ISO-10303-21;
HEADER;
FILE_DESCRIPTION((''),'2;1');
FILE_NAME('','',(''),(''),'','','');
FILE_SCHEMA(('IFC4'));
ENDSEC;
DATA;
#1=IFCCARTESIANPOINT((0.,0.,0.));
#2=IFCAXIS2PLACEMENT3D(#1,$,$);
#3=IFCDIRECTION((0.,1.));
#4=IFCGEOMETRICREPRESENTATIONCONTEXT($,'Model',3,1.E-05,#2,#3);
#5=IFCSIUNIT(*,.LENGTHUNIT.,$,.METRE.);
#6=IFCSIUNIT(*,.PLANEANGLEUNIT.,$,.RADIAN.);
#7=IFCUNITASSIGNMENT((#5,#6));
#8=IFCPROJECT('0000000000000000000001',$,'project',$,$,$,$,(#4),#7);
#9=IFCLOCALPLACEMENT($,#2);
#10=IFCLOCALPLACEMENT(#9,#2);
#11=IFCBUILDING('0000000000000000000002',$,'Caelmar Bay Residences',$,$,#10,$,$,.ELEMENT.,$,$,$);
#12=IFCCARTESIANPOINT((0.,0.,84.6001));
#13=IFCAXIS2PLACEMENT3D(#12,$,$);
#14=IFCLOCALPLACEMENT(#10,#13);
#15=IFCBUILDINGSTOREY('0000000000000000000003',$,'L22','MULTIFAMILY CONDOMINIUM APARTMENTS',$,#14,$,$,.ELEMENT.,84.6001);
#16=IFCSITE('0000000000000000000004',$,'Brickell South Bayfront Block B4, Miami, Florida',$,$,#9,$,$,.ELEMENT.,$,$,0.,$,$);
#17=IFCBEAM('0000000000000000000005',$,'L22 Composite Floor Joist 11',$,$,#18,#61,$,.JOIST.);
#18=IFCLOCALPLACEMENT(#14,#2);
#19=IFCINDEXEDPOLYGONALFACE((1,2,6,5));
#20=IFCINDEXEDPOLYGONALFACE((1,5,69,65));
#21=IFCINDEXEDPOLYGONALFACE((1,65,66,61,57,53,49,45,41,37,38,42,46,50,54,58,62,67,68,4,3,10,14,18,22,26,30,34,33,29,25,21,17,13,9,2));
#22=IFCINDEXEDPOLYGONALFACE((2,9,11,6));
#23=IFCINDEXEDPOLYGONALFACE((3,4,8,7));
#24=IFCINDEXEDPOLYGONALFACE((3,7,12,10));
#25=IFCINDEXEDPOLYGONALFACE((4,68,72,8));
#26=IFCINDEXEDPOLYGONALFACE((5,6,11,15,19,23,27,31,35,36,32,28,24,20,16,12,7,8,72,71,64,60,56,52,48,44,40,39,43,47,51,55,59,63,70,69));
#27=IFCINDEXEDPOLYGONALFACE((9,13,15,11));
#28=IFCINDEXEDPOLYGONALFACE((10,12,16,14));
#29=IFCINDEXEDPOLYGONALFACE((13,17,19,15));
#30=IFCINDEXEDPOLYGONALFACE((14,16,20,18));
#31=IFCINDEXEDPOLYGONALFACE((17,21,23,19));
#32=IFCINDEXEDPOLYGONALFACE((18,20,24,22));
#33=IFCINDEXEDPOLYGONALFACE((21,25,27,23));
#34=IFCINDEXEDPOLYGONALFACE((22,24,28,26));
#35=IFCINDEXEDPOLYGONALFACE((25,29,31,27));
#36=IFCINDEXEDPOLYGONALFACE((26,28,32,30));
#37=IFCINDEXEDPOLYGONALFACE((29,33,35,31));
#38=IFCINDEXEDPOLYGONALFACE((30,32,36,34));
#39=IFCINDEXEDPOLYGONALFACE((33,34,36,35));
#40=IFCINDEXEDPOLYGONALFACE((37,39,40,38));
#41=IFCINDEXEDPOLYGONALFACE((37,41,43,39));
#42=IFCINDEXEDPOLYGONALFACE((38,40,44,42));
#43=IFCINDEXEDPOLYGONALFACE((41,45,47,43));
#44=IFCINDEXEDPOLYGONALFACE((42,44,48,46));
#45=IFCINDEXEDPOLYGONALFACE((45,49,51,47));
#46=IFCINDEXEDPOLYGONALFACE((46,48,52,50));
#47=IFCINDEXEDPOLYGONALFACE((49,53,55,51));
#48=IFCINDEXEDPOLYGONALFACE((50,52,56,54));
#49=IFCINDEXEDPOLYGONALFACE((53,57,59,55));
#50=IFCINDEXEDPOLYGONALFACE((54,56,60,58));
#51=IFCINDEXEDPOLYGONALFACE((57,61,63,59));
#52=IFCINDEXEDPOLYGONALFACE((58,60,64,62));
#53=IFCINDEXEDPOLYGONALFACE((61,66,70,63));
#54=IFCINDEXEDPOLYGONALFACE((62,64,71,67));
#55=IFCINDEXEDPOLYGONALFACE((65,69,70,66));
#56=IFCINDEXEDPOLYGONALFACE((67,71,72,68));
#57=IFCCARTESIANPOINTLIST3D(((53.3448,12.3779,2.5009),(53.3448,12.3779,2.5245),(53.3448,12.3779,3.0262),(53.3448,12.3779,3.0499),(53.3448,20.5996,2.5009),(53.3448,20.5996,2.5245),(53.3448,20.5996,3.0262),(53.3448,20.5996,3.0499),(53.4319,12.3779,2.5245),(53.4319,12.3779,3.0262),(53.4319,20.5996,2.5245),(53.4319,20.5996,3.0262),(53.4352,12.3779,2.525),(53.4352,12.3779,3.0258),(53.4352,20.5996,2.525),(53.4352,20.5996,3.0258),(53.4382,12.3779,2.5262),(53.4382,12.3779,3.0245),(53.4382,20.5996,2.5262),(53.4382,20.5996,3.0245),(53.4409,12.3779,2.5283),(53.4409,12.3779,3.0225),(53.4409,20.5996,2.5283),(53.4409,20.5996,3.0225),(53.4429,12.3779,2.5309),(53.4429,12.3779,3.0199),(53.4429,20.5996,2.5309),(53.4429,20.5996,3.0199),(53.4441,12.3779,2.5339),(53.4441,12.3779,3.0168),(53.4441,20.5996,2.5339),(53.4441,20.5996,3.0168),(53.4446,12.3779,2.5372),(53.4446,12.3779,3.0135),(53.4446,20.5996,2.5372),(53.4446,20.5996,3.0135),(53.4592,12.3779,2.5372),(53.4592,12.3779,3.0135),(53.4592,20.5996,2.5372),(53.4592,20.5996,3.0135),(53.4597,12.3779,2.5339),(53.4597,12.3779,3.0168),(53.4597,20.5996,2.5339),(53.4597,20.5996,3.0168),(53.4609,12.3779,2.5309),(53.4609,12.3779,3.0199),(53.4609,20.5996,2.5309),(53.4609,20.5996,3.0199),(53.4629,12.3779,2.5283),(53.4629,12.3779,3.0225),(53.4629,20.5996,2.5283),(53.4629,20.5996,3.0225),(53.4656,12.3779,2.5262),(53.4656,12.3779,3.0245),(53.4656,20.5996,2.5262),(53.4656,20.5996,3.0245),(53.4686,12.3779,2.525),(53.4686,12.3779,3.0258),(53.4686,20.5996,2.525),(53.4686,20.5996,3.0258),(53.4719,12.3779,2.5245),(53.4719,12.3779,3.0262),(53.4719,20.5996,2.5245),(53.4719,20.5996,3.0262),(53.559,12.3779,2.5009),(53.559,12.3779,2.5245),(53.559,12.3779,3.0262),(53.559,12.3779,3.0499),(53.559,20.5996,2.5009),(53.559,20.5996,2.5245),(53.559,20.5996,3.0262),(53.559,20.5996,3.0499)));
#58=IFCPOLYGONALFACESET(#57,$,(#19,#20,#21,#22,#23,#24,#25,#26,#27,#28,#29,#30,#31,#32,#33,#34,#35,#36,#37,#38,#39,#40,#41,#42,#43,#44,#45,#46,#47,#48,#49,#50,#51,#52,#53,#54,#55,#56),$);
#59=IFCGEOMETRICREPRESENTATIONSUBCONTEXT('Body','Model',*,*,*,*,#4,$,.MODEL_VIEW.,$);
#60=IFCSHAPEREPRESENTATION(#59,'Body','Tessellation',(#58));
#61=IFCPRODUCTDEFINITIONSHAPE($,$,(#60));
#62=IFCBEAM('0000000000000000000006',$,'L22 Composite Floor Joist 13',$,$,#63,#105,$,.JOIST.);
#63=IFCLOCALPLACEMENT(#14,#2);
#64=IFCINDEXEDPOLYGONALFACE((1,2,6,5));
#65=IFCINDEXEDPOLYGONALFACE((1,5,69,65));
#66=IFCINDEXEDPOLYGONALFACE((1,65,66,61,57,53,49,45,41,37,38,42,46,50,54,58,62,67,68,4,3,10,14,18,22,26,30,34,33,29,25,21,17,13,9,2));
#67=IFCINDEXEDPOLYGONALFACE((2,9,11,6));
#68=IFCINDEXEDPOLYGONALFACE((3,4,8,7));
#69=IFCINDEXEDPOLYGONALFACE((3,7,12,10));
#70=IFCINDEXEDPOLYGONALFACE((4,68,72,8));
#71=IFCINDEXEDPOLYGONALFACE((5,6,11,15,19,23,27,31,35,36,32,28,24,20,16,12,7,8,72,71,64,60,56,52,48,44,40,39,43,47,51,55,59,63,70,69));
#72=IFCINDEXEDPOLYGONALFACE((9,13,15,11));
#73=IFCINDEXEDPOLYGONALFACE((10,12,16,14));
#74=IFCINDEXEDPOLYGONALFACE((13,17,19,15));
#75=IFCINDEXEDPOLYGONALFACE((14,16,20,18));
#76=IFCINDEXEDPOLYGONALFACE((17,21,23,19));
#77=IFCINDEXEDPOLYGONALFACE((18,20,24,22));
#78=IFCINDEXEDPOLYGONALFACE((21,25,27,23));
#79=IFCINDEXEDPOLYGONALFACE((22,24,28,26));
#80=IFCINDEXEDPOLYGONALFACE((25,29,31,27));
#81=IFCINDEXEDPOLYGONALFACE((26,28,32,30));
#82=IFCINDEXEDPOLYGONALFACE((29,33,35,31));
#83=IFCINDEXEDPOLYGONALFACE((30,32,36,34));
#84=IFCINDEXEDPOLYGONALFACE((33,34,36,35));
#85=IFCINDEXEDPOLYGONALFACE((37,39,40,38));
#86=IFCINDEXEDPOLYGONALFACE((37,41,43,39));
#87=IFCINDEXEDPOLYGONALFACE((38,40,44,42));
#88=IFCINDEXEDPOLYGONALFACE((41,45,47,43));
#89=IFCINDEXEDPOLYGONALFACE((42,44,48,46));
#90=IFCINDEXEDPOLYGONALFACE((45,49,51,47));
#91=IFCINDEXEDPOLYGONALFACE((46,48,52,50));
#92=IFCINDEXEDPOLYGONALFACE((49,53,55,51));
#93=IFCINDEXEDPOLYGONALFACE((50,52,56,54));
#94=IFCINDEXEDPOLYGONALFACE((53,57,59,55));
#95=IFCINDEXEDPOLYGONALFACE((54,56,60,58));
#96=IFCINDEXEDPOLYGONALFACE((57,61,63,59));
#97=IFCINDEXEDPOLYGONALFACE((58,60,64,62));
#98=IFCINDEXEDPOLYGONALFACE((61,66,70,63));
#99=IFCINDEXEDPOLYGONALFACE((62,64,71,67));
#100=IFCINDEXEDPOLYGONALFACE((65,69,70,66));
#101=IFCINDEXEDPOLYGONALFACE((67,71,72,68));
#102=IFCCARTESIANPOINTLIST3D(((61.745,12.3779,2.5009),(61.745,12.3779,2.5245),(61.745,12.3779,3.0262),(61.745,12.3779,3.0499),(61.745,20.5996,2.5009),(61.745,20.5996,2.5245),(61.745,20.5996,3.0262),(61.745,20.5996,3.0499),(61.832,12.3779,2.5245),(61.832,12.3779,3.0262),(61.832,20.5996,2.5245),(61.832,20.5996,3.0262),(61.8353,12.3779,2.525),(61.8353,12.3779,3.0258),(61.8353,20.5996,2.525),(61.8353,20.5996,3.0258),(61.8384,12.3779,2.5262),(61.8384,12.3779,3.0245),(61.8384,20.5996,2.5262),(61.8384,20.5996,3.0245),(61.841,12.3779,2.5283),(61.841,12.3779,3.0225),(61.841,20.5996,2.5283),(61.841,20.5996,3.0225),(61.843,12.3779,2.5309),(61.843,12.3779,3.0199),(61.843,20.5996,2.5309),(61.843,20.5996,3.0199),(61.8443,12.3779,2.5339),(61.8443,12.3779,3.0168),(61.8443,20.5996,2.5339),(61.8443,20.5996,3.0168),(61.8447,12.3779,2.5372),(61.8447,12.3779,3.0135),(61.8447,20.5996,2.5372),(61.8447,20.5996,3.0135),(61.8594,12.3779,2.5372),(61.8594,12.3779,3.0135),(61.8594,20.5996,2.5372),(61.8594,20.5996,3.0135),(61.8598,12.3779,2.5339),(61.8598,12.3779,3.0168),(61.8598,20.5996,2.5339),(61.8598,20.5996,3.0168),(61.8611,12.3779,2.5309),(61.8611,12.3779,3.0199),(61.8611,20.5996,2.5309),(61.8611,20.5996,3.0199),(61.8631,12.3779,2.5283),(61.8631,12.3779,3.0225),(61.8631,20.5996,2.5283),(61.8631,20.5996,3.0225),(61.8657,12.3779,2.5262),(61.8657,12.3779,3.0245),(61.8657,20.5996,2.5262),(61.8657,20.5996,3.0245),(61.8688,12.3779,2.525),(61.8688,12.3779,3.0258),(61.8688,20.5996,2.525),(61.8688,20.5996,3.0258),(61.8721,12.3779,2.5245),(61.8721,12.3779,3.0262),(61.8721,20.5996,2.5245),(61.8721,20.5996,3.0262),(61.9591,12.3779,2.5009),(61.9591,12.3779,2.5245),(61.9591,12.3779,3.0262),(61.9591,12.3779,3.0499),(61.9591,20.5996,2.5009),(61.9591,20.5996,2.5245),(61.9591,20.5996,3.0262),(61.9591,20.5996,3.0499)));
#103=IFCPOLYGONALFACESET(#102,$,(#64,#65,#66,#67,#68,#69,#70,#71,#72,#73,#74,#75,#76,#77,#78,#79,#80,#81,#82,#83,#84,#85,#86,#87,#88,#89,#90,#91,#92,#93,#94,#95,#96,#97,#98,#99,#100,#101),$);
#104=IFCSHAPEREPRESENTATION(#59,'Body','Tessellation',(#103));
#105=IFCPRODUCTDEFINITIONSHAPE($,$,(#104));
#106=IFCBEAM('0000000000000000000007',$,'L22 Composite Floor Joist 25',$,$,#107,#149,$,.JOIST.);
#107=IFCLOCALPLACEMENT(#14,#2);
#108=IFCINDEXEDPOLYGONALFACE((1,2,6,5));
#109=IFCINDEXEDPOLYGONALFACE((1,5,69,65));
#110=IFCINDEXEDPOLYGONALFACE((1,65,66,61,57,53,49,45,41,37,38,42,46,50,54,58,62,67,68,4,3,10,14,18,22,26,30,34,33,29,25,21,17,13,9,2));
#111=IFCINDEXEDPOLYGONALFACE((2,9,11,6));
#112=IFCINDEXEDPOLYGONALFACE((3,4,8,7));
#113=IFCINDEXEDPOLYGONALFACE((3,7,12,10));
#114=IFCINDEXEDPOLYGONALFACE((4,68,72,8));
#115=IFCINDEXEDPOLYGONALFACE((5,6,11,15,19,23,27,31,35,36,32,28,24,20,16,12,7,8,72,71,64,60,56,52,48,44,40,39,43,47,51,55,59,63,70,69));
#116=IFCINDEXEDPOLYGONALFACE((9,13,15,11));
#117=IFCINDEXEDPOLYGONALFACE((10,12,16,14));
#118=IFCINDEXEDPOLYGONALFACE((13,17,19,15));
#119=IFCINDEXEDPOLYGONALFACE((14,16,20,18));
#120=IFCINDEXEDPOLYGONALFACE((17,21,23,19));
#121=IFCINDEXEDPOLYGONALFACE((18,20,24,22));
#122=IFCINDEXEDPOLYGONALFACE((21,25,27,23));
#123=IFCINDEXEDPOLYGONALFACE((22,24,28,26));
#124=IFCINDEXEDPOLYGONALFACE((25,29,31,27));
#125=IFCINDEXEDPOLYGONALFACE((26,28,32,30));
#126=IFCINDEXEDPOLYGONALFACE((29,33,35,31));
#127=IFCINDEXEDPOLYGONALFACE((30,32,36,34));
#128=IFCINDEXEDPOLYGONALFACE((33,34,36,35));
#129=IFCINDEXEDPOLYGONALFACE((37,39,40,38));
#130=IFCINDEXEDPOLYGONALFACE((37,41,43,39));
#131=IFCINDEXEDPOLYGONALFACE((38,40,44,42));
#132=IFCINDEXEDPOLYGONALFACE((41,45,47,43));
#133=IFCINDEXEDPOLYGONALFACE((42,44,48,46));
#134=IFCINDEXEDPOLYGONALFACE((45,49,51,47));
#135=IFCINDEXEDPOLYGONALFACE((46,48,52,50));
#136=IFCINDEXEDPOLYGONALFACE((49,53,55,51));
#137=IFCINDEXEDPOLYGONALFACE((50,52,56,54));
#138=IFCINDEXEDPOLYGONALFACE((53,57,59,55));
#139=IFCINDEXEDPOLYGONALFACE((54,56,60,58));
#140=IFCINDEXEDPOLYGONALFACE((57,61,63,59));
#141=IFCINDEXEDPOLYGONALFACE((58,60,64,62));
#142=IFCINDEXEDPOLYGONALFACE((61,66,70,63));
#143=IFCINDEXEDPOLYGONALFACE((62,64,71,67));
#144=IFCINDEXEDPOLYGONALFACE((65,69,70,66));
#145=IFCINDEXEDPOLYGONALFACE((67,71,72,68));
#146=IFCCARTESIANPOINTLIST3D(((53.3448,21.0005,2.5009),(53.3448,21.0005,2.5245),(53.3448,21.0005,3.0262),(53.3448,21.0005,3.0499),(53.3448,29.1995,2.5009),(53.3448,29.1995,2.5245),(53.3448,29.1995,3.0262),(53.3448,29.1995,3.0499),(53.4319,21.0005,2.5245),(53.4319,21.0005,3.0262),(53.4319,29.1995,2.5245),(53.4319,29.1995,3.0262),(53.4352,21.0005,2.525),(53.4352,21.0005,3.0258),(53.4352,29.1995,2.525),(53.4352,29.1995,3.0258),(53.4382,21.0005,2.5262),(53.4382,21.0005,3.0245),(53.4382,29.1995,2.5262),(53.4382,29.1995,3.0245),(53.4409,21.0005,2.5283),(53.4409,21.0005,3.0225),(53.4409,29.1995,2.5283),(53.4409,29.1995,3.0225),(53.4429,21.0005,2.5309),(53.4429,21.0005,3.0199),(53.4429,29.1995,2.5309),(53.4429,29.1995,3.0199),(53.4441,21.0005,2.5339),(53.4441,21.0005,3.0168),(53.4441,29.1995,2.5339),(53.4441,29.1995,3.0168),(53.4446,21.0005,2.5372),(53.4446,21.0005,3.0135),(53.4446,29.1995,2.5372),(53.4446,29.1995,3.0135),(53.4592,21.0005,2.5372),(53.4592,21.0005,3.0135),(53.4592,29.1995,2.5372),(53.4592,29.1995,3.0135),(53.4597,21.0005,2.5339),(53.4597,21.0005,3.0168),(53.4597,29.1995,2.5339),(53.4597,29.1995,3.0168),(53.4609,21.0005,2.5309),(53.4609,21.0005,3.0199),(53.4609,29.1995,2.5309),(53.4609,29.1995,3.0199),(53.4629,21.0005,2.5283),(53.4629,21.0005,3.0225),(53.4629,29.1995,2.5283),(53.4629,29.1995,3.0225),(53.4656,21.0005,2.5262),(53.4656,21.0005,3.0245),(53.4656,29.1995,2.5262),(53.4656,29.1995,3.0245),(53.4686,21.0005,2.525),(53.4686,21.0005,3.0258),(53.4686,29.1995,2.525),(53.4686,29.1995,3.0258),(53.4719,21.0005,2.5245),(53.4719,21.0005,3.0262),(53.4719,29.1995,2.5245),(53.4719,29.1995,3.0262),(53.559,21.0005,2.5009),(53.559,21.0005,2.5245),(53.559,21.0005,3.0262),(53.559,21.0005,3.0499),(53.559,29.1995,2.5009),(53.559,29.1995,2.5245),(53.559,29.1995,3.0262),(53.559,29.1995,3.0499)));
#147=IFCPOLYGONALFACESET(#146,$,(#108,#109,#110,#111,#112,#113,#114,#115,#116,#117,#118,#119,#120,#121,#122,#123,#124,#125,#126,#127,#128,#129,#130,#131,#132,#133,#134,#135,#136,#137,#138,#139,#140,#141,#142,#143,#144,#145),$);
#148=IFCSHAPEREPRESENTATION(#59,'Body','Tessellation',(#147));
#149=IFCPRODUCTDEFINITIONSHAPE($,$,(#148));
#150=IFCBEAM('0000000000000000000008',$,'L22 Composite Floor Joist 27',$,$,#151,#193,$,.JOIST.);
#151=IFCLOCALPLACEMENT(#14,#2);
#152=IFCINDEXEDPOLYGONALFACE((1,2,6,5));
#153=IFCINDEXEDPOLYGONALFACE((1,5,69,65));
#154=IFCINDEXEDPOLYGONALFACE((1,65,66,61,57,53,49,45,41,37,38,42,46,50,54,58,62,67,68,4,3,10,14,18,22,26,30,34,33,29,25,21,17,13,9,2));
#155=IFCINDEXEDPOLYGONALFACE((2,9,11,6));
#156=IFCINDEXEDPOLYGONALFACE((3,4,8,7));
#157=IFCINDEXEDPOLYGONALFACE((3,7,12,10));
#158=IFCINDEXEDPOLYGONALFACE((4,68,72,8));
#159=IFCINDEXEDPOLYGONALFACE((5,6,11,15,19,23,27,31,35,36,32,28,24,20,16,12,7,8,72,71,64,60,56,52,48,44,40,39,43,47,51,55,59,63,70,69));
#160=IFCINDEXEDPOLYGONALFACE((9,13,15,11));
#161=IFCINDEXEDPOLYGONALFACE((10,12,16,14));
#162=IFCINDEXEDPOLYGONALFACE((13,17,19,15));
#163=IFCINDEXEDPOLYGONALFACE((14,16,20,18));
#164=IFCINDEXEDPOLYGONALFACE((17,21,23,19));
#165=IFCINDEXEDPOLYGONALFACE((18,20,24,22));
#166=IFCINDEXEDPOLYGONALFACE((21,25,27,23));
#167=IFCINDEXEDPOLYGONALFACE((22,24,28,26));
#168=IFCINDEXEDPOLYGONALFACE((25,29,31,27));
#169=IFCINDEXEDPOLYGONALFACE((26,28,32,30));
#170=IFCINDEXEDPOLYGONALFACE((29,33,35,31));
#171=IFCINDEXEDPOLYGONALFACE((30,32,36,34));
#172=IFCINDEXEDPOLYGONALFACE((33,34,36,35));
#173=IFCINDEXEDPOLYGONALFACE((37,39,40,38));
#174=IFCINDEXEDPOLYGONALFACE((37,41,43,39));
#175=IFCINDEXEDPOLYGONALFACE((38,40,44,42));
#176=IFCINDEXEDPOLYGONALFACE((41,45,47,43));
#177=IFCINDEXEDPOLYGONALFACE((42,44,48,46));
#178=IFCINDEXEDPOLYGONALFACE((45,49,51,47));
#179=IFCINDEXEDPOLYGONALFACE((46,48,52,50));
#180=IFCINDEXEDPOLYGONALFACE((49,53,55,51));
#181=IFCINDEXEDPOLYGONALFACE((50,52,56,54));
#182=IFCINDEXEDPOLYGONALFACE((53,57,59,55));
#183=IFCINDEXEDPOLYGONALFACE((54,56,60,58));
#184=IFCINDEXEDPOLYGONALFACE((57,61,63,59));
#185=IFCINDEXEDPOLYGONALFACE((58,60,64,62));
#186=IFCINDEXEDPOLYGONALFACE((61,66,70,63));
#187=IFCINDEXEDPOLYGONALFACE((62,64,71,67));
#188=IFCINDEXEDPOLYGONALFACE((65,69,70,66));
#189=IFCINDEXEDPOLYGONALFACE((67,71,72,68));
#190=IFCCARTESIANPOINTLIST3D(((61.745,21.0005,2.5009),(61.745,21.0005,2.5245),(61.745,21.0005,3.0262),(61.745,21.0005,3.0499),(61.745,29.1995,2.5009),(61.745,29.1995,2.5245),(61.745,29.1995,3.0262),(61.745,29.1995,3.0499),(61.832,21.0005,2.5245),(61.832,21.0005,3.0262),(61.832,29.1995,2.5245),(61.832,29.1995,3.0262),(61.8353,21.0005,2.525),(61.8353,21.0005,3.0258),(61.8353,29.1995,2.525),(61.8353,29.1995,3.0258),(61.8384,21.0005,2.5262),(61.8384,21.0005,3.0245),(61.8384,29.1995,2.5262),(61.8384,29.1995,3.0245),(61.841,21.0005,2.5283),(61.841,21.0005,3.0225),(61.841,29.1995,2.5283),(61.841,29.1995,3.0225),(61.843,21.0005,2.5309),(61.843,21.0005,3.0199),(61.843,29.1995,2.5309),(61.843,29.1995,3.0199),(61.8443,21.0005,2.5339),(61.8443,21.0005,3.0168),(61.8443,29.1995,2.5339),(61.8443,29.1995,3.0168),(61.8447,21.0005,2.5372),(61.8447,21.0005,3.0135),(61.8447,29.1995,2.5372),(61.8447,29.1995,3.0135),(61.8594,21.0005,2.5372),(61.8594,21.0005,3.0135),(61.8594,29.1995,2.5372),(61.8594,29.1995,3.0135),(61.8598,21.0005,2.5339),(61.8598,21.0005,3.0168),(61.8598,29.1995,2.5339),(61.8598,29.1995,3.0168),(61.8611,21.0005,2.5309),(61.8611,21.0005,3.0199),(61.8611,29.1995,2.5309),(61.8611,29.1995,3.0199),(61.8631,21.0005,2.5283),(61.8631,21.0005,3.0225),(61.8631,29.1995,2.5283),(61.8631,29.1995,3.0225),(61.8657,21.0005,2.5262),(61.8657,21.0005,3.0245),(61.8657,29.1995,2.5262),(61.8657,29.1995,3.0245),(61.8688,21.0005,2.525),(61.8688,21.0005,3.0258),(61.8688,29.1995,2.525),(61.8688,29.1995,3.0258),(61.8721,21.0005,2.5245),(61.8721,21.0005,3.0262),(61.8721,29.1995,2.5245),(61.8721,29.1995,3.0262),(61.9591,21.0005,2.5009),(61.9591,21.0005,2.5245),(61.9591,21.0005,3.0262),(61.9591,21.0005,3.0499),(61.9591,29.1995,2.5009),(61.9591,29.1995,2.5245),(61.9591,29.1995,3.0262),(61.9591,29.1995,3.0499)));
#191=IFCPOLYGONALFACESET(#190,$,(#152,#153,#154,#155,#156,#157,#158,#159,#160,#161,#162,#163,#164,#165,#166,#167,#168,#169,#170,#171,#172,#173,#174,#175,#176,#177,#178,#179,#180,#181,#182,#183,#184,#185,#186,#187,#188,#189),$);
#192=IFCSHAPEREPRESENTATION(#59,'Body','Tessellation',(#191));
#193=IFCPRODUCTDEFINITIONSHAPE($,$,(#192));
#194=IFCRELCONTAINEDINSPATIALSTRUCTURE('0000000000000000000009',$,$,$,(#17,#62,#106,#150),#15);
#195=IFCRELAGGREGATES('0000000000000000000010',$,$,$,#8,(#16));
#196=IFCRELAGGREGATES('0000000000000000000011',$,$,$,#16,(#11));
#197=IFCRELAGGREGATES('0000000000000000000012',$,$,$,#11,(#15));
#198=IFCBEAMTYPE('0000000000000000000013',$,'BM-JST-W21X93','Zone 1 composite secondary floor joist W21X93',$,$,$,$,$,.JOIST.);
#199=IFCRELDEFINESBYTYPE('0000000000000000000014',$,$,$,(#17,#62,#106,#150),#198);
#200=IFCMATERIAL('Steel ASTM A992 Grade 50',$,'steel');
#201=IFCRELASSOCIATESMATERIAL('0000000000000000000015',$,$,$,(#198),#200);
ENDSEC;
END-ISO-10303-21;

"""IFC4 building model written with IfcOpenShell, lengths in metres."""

from ifc_helpers import new_model, si_unit, direction, frame, origin, origin_2d, place, context, subcontext, project, spatial, i_section, extrude, material, material_profile, profile_set, type_object, element, save


model = new_model("IFC4")

# Units and contexts
model_context = context("Model", 3, precision=1e-05, world=origin(), true_north=direction((0.0, 1.0)))
body_context = subcontext(model_context, "Body", "Model", "MODEL_VIEW")
ifc_project = project(units=[si_unit("LENGTHUNIT", "METRE"), si_unit("PLANEANGLEUNIT", "RADIAN")], contexts=[model_context])

# Site, building, storey
site_placement = place(None, origin())
site = spatial("IfcSite", under=ifc_project, at=site_placement, Name="Brickell South Bayfront Block B4, Miami, Florida", CompositionType="ELEMENT", RefElevation=0.0)
building_placement = place(site_placement, origin())
building = spatial("IfcBuilding", under=site, at=building_placement, Name="Caelmar Bay Residences", CompositionType="ELEMENT")
storey_placement = place(building_placement, frame((0.0, 0.0, 84.6001)))
storey = spatial("IfcBuildingStorey", under=building, at=storey_placement, Name="L22", Description="MULTIFAMILY CONDOMINIUM APARTMENTS", CompositionType="ELEMENT", Elevation=84.6001)

# Beams
ifc_material_1 = material(Name="Steel ASTM A992 Grade 50", Category="steel")
ifc_material_profile_1 = material_profile(ifc_material_1, i_section(OverallWidth=0.2141, OverallDepth=0.5491, WebThickness=0.0146, FlangeThickness=0.0237, FilletRadius=0.0127, at=origin_2d()), Name="W21X93")
ifc_profile_set_1 = profile_set([ifc_material_profile_1], Name="Steel ASTM A992 Grade 50")
beam_type_1 = type_object("IfcBeamType", Name="BM-JST-W21X93", Description="Zone 1 composite secondary floor joist W21X93", PredefinedType="JOIST", material=ifc_profile_set_1)
for number, where, z_axis, x_axis, name in (
    (1, (53.4519, 12.3779, 2.7754), (0.0, 1.0, 0.0), (-1.0, 0.0, 0.0), "L22 Composite Floor Joist 11"),
    (2, (61.8521, 12.3779, 2.7754), (0.0, 1.0, 0.0), (-1.0, 0.0, 0.0), "L22 Composite Floor Joist 13"),
):
    element("IfcBeam", number, at=place(storey_placement, frame(where, z_axis=z_axis, x_axis=x_axis)), inside=storey, type_object=beam_type_1, Name=name, PredefinedType="JOIST", context=body_context, shape_type="SweptSolid", body=[
        extrude(i_section(OverallWidth=0.2141, OverallDepth=0.5491, WebThickness=0.0146, FlangeThickness=0.0237, FilletRadius=0.0127, at=origin_2d()), origin(), (0.0, 0.0, 1.0), 8.2217),
    ])
for number, where, z_axis, x_axis, name in (
    (3, (53.4519, 21.0005, 2.7754), (0.0, 1.0, 0.0), (-1.0, 0.0, 0.0), "L22 Composite Floor Joist 25"),
    (4, (61.8521, 21.0005, 2.7754), (0.0, 1.0, 0.0), (-1.0, 0.0, 0.0), "L22 Composite Floor Joist 27"),
):
    element("IfcBeam", number, at=place(storey_placement, frame(where, z_axis=z_axis, x_axis=x_axis)), inside=storey, type_object=beam_type_1, Name=name, PredefinedType="JOIST", context=body_context, shape_type="SweptSolid", body=[
        extrude(i_section(OverallWidth=0.2141, OverallDepth=0.5491, WebThickness=0.0146, FlangeThickness=0.0237, FilletRadius=0.0127, at=origin_2d()), origin(), (0.0, 0.0, 1.0), 8.199),
    ])

save(model, "model.ifc")
